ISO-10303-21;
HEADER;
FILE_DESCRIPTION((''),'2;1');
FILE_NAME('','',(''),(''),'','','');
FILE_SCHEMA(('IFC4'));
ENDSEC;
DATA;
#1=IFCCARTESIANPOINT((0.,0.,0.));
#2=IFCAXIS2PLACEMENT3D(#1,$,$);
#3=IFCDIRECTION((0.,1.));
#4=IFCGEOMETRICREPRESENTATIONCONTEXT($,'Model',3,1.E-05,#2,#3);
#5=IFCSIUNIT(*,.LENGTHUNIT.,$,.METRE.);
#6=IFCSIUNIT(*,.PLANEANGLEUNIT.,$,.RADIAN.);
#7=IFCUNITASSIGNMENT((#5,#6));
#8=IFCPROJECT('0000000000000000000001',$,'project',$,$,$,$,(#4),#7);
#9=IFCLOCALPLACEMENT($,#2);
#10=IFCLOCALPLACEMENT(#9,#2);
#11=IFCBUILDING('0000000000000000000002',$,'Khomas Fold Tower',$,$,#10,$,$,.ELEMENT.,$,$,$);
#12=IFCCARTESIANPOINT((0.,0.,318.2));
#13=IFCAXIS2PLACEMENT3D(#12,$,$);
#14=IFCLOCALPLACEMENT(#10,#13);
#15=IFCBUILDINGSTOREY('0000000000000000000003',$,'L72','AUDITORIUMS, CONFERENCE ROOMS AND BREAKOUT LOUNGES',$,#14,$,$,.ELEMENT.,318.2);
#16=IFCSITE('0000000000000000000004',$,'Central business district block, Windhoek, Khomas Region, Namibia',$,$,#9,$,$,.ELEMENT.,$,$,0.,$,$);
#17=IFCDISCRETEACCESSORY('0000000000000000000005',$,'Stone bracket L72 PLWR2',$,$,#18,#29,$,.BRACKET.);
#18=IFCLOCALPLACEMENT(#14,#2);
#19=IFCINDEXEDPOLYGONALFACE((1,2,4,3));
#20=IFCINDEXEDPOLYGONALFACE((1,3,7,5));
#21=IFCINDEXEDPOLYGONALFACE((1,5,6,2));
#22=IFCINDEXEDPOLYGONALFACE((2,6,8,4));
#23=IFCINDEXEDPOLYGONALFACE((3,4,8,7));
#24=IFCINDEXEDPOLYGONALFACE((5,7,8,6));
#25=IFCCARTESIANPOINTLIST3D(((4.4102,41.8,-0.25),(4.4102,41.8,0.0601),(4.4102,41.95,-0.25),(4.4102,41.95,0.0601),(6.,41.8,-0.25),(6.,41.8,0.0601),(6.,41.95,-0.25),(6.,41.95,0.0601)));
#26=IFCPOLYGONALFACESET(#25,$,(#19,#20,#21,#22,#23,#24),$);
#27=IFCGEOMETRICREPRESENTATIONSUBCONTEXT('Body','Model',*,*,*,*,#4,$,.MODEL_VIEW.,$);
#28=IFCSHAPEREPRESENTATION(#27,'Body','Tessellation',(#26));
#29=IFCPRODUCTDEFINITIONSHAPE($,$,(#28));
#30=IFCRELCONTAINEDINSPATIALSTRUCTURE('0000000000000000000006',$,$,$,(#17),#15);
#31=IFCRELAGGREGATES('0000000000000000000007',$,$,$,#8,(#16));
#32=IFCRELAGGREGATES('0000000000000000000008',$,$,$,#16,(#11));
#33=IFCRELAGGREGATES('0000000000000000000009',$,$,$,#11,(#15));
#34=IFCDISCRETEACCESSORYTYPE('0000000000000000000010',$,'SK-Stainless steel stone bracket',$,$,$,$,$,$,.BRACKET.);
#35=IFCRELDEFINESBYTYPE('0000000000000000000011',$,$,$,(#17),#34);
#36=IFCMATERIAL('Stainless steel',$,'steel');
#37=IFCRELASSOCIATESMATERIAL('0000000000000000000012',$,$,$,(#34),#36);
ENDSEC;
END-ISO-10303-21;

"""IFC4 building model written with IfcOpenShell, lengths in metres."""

from ifc_helpers import new_model, si_unit, direction, frame, origin, origin_2d, place, context, subcontext, project, spatial, rectangle, extrude, source, transform, mapped, material, type_object, element, save


model = new_model("IFC4")

# Units and contexts
model_context = context("Model", 3, precision=1e-05, world=origin(), true_north=direction((0.0, 1.0)))
body_context = subcontext(model_context, "Body", "Model", "MODEL_VIEW")
ifc_project = project(units=[si_unit("LENGTHUNIT", "METRE"), si_unit("PLANEANGLEUNIT", "RADIAN")], contexts=[model_context])

# Site, building, storey
site_placement = place(None, origin())
site = spatial("IfcSite", under=ifc_project, at=site_placement, Name="Central business district block, Windhoek, Khomas Region, Namibia", CompositionType="ELEMENT", RefElevation=0.0)
building_placement = place(site_placement, origin())
building = spatial("IfcBuilding", under=site, at=building_placement, Name="Khomas Fold Tower", CompositionType="ELEMENT")
storey_placement = place(building_placement, frame((0.0, 0.0, 318.2)))
storey = spatial("IfcBuildingStorey", under=building, at=storey_placement, Name="L72", Description="AUDITORIUMS, CONFERENCE ROOMS AND BREAKOUT LOUNGES", CompositionType="ELEMENT", Elevation=318.2)

# Discrete accessory
ifc_material_1 = material(Name="Stainless steel", Category="steel")
discrete_accessory_type = type_object("IfcDiscreteAccessoryType", Name="SK-Stainless steel stone bracket", PredefinedType="BRACKET", material=ifc_material_1)
shared_shape_1 = source(origin(), body_context, "Body", "SweptSolid", [
    extrude(rectangle(XDim=1.5898, YDim=0.1499, at=origin_2d()), origin(), (0.0, 0.0, 1.0), 0.3101),
])
discrete_accessory_1_placement = place(storey_placement, frame((5.2051, 41.875, -0.25), z_axis=(0.0, 0.0, 1.0), x_axis=(-1.0, 0.0, 0.0)))
element("IfcDiscreteAccessory", 1, at=discrete_accessory_1_placement, inside=storey, type_object=discrete_accessory_type, Name="Stone bracket L72 PLWR2", PredefinedType="BRACKET", context=body_context, shape_type="MappedRepresentation", body=[
    mapped(shared_shape_1, transform((0.0, 0.0, 0.0))),
])

save(model, "model.ifc")
